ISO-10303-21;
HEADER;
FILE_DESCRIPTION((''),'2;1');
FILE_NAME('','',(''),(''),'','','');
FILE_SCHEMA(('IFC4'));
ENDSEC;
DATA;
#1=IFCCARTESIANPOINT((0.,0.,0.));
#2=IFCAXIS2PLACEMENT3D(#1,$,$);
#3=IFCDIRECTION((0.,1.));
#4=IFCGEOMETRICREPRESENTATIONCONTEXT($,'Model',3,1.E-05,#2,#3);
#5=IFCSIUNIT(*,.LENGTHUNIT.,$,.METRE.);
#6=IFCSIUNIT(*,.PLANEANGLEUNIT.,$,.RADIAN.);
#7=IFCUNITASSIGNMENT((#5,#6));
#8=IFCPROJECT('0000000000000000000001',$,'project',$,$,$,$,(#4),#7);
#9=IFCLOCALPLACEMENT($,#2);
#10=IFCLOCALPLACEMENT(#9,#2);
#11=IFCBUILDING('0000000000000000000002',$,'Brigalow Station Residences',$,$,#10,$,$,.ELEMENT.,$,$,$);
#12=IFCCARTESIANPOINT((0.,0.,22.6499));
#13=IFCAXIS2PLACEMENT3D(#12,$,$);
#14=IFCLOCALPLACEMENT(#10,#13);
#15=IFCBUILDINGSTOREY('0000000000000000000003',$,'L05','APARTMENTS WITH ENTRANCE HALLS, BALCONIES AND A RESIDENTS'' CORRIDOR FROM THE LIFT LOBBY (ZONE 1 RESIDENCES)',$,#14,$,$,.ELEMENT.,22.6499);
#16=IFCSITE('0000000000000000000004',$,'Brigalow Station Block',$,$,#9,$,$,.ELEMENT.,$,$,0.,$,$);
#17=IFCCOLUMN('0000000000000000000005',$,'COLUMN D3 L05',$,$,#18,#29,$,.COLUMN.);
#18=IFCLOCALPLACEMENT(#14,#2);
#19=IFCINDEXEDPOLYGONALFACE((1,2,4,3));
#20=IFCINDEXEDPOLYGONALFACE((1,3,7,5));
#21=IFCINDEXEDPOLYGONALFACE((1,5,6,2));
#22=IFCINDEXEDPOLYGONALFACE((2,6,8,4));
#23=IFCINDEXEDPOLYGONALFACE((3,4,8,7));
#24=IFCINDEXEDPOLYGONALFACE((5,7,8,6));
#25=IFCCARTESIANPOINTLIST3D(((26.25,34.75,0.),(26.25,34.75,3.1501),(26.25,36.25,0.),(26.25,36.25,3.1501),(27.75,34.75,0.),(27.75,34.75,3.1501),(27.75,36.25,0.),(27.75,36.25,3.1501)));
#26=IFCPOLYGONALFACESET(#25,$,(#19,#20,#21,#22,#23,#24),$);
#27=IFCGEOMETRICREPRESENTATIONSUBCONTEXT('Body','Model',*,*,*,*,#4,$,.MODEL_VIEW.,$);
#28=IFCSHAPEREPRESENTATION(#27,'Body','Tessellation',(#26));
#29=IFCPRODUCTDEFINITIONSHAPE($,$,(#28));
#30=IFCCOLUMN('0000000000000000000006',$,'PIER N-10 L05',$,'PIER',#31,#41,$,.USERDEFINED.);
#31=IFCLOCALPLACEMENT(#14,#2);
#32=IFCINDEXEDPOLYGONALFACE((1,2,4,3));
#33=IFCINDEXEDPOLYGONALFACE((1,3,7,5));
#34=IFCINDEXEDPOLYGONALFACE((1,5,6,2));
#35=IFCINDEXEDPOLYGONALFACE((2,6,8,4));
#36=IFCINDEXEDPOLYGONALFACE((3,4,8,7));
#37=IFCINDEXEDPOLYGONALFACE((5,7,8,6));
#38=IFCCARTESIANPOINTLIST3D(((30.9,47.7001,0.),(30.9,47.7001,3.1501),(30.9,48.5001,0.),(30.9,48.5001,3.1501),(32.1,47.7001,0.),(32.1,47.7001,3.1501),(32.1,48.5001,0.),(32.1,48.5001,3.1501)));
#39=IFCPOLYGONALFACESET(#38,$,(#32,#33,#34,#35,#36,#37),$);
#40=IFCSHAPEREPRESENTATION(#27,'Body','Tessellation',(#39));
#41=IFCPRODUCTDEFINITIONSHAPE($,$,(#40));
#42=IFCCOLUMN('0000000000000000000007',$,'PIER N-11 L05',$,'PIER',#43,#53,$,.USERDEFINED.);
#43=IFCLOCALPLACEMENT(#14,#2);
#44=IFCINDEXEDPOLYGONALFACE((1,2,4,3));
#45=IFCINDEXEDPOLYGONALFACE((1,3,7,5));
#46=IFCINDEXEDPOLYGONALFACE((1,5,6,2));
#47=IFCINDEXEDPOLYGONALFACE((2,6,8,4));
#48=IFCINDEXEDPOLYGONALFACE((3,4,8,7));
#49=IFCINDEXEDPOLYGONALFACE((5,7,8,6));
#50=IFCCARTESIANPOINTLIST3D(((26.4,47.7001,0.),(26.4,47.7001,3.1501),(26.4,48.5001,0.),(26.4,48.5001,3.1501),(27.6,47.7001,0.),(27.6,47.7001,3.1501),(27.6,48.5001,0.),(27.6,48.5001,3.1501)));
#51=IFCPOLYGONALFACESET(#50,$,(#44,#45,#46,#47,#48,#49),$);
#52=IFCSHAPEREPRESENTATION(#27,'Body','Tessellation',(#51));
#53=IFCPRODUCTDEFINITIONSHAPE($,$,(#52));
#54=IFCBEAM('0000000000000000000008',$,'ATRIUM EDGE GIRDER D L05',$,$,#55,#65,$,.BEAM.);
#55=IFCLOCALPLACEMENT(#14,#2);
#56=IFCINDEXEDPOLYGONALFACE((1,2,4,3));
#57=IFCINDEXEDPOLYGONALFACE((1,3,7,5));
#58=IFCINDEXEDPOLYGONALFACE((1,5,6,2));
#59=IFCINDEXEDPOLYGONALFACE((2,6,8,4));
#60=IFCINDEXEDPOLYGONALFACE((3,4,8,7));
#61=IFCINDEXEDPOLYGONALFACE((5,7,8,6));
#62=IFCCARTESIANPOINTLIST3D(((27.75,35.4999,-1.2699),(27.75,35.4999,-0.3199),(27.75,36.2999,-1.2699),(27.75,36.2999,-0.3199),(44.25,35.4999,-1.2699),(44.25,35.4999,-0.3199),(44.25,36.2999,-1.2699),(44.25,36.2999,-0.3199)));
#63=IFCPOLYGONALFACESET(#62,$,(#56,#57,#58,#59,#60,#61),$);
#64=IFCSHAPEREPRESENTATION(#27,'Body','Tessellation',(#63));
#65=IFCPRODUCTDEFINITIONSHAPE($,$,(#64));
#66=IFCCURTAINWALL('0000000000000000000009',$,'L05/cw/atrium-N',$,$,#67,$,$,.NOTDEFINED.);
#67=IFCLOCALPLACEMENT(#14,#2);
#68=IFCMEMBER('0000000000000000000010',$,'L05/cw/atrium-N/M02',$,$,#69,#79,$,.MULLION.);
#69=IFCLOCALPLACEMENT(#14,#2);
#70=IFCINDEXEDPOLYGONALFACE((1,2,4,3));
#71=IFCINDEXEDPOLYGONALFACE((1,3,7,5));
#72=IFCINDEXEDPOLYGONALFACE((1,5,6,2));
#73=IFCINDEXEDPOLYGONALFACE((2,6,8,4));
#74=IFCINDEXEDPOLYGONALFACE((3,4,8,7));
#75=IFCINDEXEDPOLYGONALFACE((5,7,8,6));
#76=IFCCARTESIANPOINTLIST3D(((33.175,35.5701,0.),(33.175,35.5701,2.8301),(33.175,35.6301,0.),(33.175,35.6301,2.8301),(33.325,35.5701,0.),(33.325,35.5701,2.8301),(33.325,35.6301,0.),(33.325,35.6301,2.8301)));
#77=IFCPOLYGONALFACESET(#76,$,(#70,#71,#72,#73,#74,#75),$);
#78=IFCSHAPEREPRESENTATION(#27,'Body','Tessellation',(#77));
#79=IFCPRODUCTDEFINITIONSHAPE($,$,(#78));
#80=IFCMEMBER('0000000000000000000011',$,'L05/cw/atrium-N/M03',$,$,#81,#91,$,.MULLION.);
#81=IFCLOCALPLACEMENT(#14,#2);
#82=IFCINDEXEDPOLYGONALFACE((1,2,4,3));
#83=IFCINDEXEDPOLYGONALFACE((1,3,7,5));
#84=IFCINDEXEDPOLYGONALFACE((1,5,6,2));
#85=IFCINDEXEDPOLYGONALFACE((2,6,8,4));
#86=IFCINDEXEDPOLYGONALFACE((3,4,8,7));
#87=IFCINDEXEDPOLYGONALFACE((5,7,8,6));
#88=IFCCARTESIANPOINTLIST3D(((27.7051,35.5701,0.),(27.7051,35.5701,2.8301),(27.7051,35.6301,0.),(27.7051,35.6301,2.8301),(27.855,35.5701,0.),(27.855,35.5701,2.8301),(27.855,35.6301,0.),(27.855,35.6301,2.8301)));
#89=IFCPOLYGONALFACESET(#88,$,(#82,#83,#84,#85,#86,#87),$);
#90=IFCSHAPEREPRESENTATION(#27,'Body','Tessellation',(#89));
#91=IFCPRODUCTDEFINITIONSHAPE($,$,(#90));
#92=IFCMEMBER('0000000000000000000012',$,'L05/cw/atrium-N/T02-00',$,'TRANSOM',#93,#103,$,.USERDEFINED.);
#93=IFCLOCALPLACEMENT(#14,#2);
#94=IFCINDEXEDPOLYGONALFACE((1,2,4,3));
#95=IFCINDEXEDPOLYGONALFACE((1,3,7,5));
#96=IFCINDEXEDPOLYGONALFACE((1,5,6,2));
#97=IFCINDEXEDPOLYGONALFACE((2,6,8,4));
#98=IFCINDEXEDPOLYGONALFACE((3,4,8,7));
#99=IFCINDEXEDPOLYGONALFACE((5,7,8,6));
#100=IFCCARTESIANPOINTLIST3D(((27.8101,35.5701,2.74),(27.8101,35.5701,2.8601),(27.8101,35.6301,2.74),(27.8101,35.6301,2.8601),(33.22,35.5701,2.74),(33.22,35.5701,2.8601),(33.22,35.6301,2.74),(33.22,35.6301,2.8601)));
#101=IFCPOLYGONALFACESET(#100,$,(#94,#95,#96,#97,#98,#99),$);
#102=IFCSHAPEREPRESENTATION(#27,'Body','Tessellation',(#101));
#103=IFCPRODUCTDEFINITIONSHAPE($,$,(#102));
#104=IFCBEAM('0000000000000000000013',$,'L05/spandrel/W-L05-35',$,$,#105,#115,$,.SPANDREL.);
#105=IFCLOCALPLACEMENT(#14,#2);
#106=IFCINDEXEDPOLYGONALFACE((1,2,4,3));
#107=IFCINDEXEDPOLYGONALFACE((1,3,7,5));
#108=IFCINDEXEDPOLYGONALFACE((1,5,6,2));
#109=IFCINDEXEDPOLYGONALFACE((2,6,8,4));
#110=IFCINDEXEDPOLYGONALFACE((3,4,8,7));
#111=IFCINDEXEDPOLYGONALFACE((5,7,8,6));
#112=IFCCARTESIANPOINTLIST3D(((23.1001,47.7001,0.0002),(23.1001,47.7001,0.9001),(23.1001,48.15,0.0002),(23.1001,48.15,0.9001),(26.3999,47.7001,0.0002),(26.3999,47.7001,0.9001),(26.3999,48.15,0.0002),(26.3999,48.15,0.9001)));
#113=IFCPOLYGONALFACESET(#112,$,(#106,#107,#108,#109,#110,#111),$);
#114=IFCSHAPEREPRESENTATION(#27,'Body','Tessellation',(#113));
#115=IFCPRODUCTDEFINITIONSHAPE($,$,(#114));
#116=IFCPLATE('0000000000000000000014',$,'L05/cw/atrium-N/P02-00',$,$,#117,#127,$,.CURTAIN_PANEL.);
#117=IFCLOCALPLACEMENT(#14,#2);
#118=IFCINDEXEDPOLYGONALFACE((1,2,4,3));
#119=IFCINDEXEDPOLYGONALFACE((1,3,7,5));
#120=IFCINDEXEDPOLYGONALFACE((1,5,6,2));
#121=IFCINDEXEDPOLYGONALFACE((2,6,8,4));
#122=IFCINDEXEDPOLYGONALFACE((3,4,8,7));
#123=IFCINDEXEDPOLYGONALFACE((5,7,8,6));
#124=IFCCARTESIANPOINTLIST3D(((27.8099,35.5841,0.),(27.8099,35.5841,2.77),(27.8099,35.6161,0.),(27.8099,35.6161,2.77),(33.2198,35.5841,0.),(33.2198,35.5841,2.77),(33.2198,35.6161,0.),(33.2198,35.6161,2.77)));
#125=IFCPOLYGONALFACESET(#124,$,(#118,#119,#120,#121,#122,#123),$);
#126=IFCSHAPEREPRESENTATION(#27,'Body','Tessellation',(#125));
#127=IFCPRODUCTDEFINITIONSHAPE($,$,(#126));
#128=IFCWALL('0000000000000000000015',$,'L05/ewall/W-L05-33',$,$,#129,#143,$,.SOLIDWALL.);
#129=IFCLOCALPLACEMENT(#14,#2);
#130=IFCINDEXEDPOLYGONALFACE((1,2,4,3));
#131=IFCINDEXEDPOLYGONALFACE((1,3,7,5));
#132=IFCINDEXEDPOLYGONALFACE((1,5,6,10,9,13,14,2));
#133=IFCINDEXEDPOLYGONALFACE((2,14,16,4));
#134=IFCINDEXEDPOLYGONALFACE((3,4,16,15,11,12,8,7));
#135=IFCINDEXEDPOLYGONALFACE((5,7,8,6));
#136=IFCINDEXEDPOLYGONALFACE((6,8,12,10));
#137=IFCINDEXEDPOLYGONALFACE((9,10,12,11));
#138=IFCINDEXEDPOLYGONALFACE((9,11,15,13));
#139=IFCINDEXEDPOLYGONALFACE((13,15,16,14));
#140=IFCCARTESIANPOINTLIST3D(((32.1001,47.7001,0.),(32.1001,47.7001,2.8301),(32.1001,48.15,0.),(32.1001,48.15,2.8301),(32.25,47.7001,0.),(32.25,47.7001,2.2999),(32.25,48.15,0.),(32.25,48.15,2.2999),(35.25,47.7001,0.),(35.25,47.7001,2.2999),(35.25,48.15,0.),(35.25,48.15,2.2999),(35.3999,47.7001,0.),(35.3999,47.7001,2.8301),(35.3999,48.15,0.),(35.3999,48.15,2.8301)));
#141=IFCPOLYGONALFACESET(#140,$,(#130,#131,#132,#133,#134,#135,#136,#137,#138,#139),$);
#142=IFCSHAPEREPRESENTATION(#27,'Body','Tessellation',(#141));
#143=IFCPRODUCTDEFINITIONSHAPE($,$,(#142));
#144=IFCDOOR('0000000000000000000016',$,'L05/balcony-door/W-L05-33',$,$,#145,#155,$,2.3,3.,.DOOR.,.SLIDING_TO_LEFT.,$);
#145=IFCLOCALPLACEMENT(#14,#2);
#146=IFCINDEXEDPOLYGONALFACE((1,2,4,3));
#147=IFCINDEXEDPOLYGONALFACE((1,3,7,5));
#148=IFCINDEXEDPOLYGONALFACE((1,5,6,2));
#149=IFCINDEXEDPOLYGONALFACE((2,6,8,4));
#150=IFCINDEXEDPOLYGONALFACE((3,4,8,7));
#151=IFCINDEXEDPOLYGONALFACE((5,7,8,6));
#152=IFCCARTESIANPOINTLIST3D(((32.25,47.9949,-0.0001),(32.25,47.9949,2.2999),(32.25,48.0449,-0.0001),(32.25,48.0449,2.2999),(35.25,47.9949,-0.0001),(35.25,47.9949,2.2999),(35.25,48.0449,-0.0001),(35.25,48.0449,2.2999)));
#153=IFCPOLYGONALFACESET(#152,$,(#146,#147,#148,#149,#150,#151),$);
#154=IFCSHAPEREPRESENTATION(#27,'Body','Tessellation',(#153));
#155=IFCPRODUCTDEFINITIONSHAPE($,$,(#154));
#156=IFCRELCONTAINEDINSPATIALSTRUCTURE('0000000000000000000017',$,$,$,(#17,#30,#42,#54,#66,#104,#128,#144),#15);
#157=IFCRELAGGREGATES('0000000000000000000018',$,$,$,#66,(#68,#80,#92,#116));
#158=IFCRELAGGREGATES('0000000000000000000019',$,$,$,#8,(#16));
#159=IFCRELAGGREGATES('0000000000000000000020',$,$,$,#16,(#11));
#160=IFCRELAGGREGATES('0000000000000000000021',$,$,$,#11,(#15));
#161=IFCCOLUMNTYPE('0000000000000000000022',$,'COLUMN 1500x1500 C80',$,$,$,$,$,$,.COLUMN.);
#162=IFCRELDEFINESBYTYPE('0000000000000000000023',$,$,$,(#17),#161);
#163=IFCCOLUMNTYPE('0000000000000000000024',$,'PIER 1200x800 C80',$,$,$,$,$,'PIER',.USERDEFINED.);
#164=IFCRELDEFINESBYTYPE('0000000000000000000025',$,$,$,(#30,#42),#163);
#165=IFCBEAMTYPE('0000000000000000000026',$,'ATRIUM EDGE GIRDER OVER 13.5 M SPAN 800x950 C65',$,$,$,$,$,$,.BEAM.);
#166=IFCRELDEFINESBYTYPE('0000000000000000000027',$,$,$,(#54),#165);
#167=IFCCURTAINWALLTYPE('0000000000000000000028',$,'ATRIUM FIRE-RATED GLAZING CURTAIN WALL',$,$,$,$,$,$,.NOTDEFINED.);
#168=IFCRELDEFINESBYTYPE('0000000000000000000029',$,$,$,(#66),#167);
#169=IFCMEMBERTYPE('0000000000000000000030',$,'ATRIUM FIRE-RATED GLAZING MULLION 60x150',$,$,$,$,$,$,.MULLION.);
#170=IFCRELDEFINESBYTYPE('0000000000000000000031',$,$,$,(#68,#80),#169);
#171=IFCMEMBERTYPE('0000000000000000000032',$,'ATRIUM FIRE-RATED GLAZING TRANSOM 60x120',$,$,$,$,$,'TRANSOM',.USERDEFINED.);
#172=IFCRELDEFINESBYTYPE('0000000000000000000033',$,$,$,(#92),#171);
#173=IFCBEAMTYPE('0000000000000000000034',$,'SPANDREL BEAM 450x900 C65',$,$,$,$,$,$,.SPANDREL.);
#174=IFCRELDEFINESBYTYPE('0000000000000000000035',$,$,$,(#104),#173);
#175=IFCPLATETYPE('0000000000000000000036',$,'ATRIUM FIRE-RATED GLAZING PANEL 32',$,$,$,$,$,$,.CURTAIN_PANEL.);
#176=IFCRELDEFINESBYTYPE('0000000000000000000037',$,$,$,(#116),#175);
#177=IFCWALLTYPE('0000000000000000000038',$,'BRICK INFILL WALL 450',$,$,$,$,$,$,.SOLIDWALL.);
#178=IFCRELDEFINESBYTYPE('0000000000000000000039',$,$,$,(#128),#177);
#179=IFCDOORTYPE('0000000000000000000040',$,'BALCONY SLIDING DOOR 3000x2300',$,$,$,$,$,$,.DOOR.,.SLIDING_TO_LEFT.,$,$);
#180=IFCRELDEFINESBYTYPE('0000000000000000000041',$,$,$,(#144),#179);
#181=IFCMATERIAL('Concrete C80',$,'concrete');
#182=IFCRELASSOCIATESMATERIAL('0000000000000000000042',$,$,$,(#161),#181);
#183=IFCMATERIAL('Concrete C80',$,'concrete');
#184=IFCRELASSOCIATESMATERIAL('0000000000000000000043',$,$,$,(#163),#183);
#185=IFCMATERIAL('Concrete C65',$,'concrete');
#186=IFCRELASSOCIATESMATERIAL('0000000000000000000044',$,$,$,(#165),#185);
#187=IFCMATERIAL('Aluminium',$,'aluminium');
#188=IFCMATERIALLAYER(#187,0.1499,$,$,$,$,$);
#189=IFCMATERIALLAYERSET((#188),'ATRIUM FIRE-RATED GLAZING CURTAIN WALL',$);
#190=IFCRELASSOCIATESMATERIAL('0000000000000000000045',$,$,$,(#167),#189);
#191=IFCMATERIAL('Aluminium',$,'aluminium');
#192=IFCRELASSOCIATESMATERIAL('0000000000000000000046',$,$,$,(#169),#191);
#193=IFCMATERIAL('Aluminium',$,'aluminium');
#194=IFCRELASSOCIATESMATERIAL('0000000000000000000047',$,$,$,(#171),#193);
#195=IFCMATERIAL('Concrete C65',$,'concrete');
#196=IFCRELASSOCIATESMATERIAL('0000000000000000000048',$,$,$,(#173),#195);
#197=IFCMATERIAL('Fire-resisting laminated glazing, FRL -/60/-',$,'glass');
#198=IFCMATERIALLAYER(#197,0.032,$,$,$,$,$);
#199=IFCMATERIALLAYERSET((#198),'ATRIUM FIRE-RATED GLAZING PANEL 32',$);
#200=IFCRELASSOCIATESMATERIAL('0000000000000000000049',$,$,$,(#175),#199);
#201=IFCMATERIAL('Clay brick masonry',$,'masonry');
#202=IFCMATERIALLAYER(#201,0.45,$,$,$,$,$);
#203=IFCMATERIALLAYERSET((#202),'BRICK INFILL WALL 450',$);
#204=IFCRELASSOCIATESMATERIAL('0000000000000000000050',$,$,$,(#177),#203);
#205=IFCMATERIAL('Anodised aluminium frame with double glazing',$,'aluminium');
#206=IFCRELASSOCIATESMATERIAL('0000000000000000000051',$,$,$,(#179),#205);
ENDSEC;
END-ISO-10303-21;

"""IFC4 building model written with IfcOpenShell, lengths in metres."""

from ifc_helpers import new_model, si_unit, direction, frame, frame_2d, origin, origin_2d, place, context, subcontext, project, spatial, rectangle, extrude, material, layer, layer_set, material_profile, profile_set, type_object, element, fill, aggregate, save


model = new_model("IFC4")

# Units and contexts
model_context = context("Model", 3, precision=1e-05, world=origin(), true_north=direction((0.0, 1.0)))
body_context = subcontext(model_context, "Body", "Model", "MODEL_VIEW")
ifc_project = project(units=[si_unit("LENGTHUNIT", "METRE"), si_unit("PLANEANGLEUNIT", "RADIAN")], contexts=[model_context])

# Site, building, storey
site_placement = place(None, origin())
site = spatial("IfcSite", under=ifc_project, at=site_placement, Name="Brigalow Station Block", CompositionType="ELEMENT", RefElevation=0.0)
building_placement = place(site_placement, origin())
building = spatial("IfcBuilding", under=site, at=building_placement, Name="Brigalow Station Residences", CompositionType="ELEMENT")
storey_placement = place(building_placement, frame((0.0, 0.0, 22.6499)))
storey = spatial("IfcBuildingStorey", under=building, at=storey_placement, Name="L05", Description="APARTMENTS WITH ENTRANCE HALLS, BALCONIES AND A RESIDENTS' CORRIDOR FROM THE LIFT LOBBY (ZONE 1 RESIDENCES)", CompositionType="ELEMENT", Elevation=22.6499)

# Columns
ifc_material_1 = material(Name="Concrete C80", Category="concrete")
ifc_material_profile_1 = material_profile(ifc_material_1, rectangle(XDim=1.5, YDim=1.5, at=origin_2d()), Name="RC1500x1500")
ifc_profile_set_1 = profile_set([ifc_material_profile_1], Name="Concrete C80")
column_type_1 = type_object("IfcColumnType", Name="COLUMN 1500x1500 C80", PredefinedType="COLUMN", material=ifc_profile_set_1)
column_placement = place(storey_placement, frame((27.0, 35.5, 0.0), z_axis=(0.0, 0.0, 1.0), x_axis=(1.0, 0.0, 0.0)))
element("IfcColumn", 1, at=column_placement, inside=storey, type_object=column_type_1, Name="COLUMN D3 L05", PredefinedType="COLUMN", context=body_context, shape_type="SweptSolid", body=[
    extrude(rectangle(XDim=1.5, YDim=1.5, at=origin_2d()), origin(), (0.0, 0.0, 1.0), 3.1501),
])
ifc_material_2 = material(Name="Concrete C80", Category="concrete")
ifc_material_profile_2 = material_profile(ifc_material_2, rectangle(XDim=1.2, YDim=0.8, at=origin_2d()), Name="RC1200x800")
ifc_profile_set_2 = profile_set([ifc_material_profile_2], Name="Concrete C80")
column_type_2 = type_object("IfcColumnType", Name="PIER 1200x800 C80", ElementType="PIER", PredefinedType="USERDEFINED", material=ifc_profile_set_2)
for number, where, z_axis, x_axis, name in (
    (2, (31.5, 48.1001, 0.0), (0.0, 0.0, 1.0), (-1.0, 0.0, 0.0), "PIER N-10 L05"),
    (3, (27.0, 48.1001, 0.0), (0.0, 0.0, 1.0), (-1.0, 0.0, 0.0), "PIER N-11 L05"),
):
    element("IfcColumn", number, at=place(storey_placement, frame(where, z_axis=z_axis, x_axis=x_axis)), inside=storey, type_object=column_type_2, Name=name, ObjectType="PIER", PredefinedType="USERDEFINED", context=body_context, shape_type="SweptSolid", body=[
        extrude(rectangle(XDim=1.2, YDim=0.8, at=origin_2d()), origin(), (0.0, 0.0, 1.0), 3.1501),
    ])

# Beam
ifc_material_3 = material(Name="Concrete C65", Category="concrete")
ifc_material_profile_3 = material_profile(ifc_material_3, rectangle(XDim=0.8, YDim=0.95, at=origin_2d()), Name="RC800x950")
ifc_profile_set_3 = profile_set([ifc_material_profile_3], Name="Concrete C65")
beam_type_1 = type_object("IfcBeamType", Name="ATRIUM EDGE GIRDER OVER 13.5 M SPAN 800x950 C65", PredefinedType="BEAM", material=ifc_profile_set_3)
beam_1_placement = place(storey_placement, frame((27.75, 35.8999, -0.7949), z_axis=(1.0, 0.0, 0.0), x_axis=(0.0, 1.0, 0.0)))
element("IfcBeam", 4, at=beam_1_placement, inside=storey, type_object=beam_type_1, Name="ATRIUM EDGE GIRDER D L05", PredefinedType="BEAM", context=body_context, shape_type="SweptSolid", body=[
    extrude(rectangle(XDim=0.8, YDim=0.95, at=origin_2d()), origin(), (0.0, 0.0, 1.0), 16.5),
])

# Curtain wall, members
ifc_material_4 = material(Name="Aluminium", Category="aluminium")
ifc_layer_1 = layer(ifc_material_4, 0.1499)
ifc_layer_set_1 = layer_set([ifc_layer_1], Name="ATRIUM FIRE-RATED GLAZING CURTAIN WALL")
curtain_wall_type = type_object("IfcCurtainWallType", Name="ATRIUM FIRE-RATED GLAZING CURTAIN WALL", PredefinedType="NOTDEFINED", material=ifc_layer_set_1)
curtain_wall_placement = place(storey_placement, origin())
curtain_wall = element("IfcCurtainWall", 5, at=curtain_wall_placement, inside=storey, type_object=curtain_wall_type, Name="L05/cw/atrium-N", PredefinedType="NOTDEFINED")
ifc_material_5 = material(Name="Aluminium", Category="aluminium")
ifc_material_profile_4 = material_profile(ifc_material_5, rectangle(XDim=0.0601, YDim=0.1499, at=origin_2d()), Name="ATRIUM FIRE-RATED GLAZING MULLION 60x150")
ifc_profile_set_4 = profile_set([ifc_material_profile_4], Name="Aluminium")
member_type_1 = type_object("IfcMemberType", Name="ATRIUM FIRE-RATED GLAZING MULLION 60x150", PredefinedType="MULLION", material=ifc_profile_set_4)
member_1_placement = place(storey_placement, frame((33.25, 35.6001, 0.0), z_axis=(0.0, 0.0, 1.0), x_axis=(0.0, -1.0, 0.0)))
member_1 = element("IfcMember", 6, at=member_1_placement, type_object=member_type_1, Name="L05/cw/atrium-N/M02", PredefinedType="MULLION", context=body_context, shape_type="SweptSolid", body=[
    extrude(rectangle(XDim=0.0601, YDim=0.1499, at=origin_2d()), origin(), (0.0, 0.0, 1.0), 2.8301),
])
member_2_placement = place(storey_placement, frame((27.78, 35.6001, 0.0), z_axis=(0.0, 0.0, 1.0), x_axis=(0.0, -1.0, 0.0)))
member_2 = element("IfcMember", 7, at=member_2_placement, type_object=member_type_1, Name="L05/cw/atrium-N/M03", PredefinedType="MULLION", context=body_context, shape_type="SweptSolid", body=[
    extrude(rectangle(XDim=0.0601, YDim=0.1499, at=origin_2d()), origin(), (0.0, 0.0, 1.0), 2.8301),
])
ifc_material_6 = material(Name="Aluminium", Category="aluminium")
ifc_material_profile_5 = material_profile(ifc_material_6, rectangle(XDim=0.0601, YDim=0.1201, at=origin_2d()), Name="ATRIUM FIRE-RATED GLAZING TRANSOM 60x120")
ifc_profile_set_5 = profile_set([ifc_material_profile_5], Name="Aluminium")
member_type_2 = type_object("IfcMemberType", Name="ATRIUM FIRE-RATED GLAZING TRANSOM 60x120", ElementType="TRANSOM", PredefinedType="USERDEFINED", material=ifc_profile_set_5)
member_3_placement = place(storey_placement, frame((33.22, 35.6001, 2.8), z_axis=(-1.0, 0.0, 0.0), x_axis=(0.0, -1.0, 0.0)))
member_3 = element("IfcMember", 8, at=member_3_placement, type_object=member_type_2, Name="L05/cw/atrium-N/T02-00", ObjectType="TRANSOM", PredefinedType="USERDEFINED", context=body_context, shape_type="SweptSolid", body=[
    extrude(rectangle(XDim=0.0601, YDim=0.1201, at=origin_2d()), origin(), (0.0, 0.0, 1.0), 5.4099),
])

# Beam
ifc_material_7 = material(Name="Concrete C65", Category="concrete")
ifc_material_profile_6 = material_profile(ifc_material_7, rectangle(XDim=0.45, YDim=0.8999, at=origin_2d()), Name="RC450x900")
ifc_profile_set_6 = profile_set([ifc_material_profile_6], Name="Concrete C65")
beam_type_2 = type_object("IfcBeamType", Name="SPANDREL BEAM 450x900 C65", PredefinedType="SPANDREL", material=ifc_profile_set_6)
beam_2_placement = place(storey_placement, frame((26.3999, 47.925, 0.4502), z_axis=(-1.0, 0.0, 0.0), x_axis=(0.0, -1.0, 0.0)))
element("IfcBeam", 9, at=beam_2_placement, inside=storey, type_object=beam_type_2, Name="L05/spandrel/W-L05-35", PredefinedType="SPANDREL", context=body_context, shape_type="SweptSolid", body=[
    extrude(rectangle(XDim=0.45, YDim=0.8999, at=origin_2d()), origin(), (0.0, 0.0, 1.0), 3.2998),
])

# Plate
ifc_material_8 = material(Name="Fire-resisting laminated glazing, FRL -/60/-", Category="glass")
ifc_layer_2 = layer(ifc_material_8, 0.032)
ifc_layer_set_2 = layer_set([ifc_layer_2], Name="ATRIUM FIRE-RATED GLAZING PANEL 32")
plate_type = type_object("IfcPlateType", Name="ATRIUM FIRE-RATED GLAZING PANEL 32", PredefinedType="CURTAIN_PANEL", material=ifc_layer_set_2)
plate_placement = place(storey_placement, frame((30.5149, 35.6001, 0.0), z_axis=(0.0, 0.0, 1.0), x_axis=(-1.0, 0.0, 0.0)))
plate = element("IfcPlate", 10, at=plate_placement, type_object=plate_type, Name="L05/cw/atrium-N/P02-00", PredefinedType="CURTAIN_PANEL", context=body_context, shape_type="SweptSolid", body=[
    extrude(rectangle(XDim=5.4099, YDim=0.032, at=origin_2d()), origin(), (0.0, 0.0, 1.0), 2.77),
])
aggregate(curtain_wall, [member_1, member_2, member_3, plate])

# Wall, opening, door
ifc_material_9 = material(Name="Clay brick masonry", Category="masonry")
ifc_layer_3 = layer(ifc_material_9, 0.45)
ifc_layer_set_3 = layer_set([ifc_layer_3], Name="BRICK INFILL WALL 450")
wall_type_1 = type_object("IfcWallType", Name="BRICK INFILL WALL 450", PredefinedType="SOLIDWALL", material=ifc_layer_set_3)
wall_1_placement = place(storey_placement, frame((35.3999, 47.925, 0.0), z_axis=(0.0, 0.0, 1.0), x_axis=(-1.0, 0.0, 0.0)))
wall_1 = element("IfcWall", 11, at=wall_1_placement, inside=storey, type_object=wall_type_1, Name="L05/ewall/W-L05-33", PredefinedType="SOLIDWALL", context=body_context, shape_type="SweptSolid", body=[
    extrude(rectangle(XDim=3.2998, YDim=0.45, at=frame_2d((1.6499, 0.0))), origin(), (0.0, 0.0, 1.0), 2.8301),
])
opening_1_placement = place(wall_1_placement, frame((0.1499, 0.0, 0.0)))
opening_1 = element("IfcOpeningElement", 12, at=opening_1_placement, cuts=wall_1, PredefinedType="OPENING", context=body_context, shape_type="SweptSolid", body=[
    extrude(rectangle(XDim=3.0, YDim=2.3, at=frame_2d((1.5, 1.1499))), frame((0.0, 0.2349, 0.0), z_axis=(0.0, -1.0, 0.0), x_axis=(1.0, 0.0, 0.0)), (0.0, 0.0, 1.0), 0.47),
])
ifc_material_10 = material(Name="Anodised aluminium frame with double glazing", Category="aluminium")
door_type_1 = type_object("IfcDoorType", Name="BALCONY SLIDING DOOR 3000x2300", OperationType="SLIDING_TO_LEFT", PredefinedType="DOOR", material=ifc_material_10)
door_1_placement = place(opening_1_placement, origin())
door_1 = element("IfcDoor", 13, at=door_1_placement, inside=storey, type_object=door_type_1, Name="L05/balcony-door/W-L05-33", OperationType="SLIDING_TO_LEFT", OverallHeight=2.3, OverallWidth=3.0, PredefinedType="DOOR", context=body_context, shape_type="SweptSolid", body=[
    extrude(rectangle(XDim=3.0, YDim=2.3, at=frame_2d((1.5, 1.1499))), frame((0.0, -0.0698, 0.0), z_axis=(0.0, -1.0, 0.0), x_axis=(1.0, 0.0, 0.0)), (0.0, 0.0, 1.0), 0.05),
])
fill(opening_1, door_1)

save(model, "model.ifc")
